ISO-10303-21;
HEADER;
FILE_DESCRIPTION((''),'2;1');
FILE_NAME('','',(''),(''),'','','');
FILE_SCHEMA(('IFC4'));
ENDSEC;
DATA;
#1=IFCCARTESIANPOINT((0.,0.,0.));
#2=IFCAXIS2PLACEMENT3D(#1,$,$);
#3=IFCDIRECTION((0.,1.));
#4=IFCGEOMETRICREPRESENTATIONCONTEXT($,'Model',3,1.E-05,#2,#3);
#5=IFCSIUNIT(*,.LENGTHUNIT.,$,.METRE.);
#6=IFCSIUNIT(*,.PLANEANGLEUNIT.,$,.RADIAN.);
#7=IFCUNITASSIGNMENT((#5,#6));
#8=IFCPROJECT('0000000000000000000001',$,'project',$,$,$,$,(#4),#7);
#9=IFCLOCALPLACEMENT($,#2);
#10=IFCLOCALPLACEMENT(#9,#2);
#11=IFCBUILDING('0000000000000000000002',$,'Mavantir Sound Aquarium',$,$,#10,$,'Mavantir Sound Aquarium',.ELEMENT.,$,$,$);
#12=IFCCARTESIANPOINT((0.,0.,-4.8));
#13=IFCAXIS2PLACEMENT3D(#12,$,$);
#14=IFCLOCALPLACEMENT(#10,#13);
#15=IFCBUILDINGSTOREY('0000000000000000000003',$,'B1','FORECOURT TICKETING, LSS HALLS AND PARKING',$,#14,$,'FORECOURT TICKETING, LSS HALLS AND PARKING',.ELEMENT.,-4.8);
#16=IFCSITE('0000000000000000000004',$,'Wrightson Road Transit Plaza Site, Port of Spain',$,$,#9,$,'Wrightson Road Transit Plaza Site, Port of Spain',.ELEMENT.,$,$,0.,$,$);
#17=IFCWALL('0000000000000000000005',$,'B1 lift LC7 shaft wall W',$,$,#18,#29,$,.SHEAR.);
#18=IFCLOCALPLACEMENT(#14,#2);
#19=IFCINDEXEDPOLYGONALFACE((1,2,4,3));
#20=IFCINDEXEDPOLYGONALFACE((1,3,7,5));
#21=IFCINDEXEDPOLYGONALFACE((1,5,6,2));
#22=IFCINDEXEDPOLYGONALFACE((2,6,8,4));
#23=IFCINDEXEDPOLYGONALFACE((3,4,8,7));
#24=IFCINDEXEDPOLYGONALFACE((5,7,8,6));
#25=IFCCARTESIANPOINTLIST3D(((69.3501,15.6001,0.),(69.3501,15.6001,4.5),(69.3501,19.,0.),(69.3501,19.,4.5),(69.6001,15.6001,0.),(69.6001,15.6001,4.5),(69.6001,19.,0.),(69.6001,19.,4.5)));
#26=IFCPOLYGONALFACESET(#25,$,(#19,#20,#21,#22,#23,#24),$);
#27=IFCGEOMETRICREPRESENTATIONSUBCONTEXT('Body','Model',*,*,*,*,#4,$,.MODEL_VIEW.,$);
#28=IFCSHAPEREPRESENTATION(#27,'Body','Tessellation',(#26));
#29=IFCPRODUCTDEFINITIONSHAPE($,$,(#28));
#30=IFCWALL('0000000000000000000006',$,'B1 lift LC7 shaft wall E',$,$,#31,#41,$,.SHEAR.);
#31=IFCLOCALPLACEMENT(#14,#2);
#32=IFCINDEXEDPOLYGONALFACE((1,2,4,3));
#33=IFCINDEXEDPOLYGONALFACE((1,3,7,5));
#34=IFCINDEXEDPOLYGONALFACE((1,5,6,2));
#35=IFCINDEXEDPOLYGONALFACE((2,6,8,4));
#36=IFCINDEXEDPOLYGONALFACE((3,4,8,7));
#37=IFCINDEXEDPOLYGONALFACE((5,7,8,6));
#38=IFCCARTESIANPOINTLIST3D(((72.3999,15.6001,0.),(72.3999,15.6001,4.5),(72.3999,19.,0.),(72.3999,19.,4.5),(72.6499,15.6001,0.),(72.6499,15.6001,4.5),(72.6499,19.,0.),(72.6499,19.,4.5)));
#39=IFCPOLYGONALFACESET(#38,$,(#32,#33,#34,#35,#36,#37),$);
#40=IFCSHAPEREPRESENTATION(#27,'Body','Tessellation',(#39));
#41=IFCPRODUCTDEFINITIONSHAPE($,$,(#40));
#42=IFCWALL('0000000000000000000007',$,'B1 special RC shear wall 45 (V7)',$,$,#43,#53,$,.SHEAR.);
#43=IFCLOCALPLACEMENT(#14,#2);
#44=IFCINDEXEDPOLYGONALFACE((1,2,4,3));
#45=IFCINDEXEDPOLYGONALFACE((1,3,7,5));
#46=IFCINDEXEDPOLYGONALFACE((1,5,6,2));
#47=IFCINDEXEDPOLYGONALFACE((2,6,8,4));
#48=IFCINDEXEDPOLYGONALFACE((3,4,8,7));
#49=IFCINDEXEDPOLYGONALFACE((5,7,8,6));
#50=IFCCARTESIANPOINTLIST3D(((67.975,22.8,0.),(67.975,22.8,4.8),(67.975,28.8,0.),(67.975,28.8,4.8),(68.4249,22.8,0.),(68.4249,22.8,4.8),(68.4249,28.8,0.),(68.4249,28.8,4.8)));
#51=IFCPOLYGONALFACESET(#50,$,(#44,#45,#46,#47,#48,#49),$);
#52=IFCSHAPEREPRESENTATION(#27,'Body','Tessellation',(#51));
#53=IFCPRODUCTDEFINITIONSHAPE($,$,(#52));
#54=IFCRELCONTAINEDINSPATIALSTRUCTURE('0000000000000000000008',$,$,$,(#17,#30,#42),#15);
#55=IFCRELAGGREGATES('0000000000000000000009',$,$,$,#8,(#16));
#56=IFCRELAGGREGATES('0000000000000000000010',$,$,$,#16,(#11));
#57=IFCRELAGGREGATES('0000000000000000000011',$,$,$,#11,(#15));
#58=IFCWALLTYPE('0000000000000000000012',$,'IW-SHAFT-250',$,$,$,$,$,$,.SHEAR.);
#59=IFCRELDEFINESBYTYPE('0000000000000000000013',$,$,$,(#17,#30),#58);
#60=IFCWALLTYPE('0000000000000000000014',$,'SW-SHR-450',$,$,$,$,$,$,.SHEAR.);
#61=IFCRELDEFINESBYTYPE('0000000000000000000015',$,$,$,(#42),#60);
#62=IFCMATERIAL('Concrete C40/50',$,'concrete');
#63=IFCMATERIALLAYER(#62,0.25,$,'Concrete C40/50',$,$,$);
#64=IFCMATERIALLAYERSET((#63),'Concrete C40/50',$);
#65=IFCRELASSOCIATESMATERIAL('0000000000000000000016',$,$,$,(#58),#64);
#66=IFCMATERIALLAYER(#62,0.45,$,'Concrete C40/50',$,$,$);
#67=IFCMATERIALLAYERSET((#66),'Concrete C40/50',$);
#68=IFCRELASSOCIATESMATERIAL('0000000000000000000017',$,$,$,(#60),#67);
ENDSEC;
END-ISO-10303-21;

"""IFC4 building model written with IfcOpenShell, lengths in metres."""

from ifc_helpers import new_model, si_unit, direction, frame, frame_2d, origin, place, context, subcontext, project, spatial, rectangle, extrude, material, layer, layer_set, type_object, element, save


model = new_model("IFC4")

# Units and contexts
model_context = context("Model", 3, precision=1e-05, world=origin(), true_north=direction((0.0, 1.0)))
body_context = subcontext(model_context, "Body", "Model", "MODEL_VIEW")
ifc_project = project(units=[si_unit("LENGTHUNIT", "METRE"), si_unit("PLANEANGLEUNIT", "RADIAN")], contexts=[model_context])

# Site, building, storey
site_placement = place(None, origin())
site = spatial("IfcSite", under=ifc_project, at=site_placement, Name="Wrightson Road Transit Plaza Site, Port of Spain", LongName="Wrightson Road Transit Plaza Site, Port of Spain", CompositionType="ELEMENT", RefElevation=0.0)
building_placement = place(site_placement, origin())
building = spatial("IfcBuilding", under=site, at=building_placement, Name="Mavantir Sound Aquarium", LongName="Mavantir Sound Aquarium", CompositionType="ELEMENT")
storey_placement = place(building_placement, frame((0.0, 0.0, -4.8)))
storey = spatial("IfcBuildingStorey", under=building, at=storey_placement, Name="B1", Description="FORECOURT TICKETING, LSS HALLS AND PARKING", LongName="FORECOURT TICKETING, LSS HALLS AND PARKING", CompositionType="ELEMENT", Elevation=-4.8)

# Shared definitions
ifc_material_1 = material(Name="Concrete C40/50", Category="concrete")

# Shared definitions
ifc_layer_1 = layer(ifc_material_1, 0.25, Name="Concrete C40/50")
ifc_layer_set_1 = layer_set([ifc_layer_1], Name="Concrete C40/50")
wall_type_1 = type_object("IfcWallType", Name="IW-SHAFT-250", PredefinedType="SHEAR", material=ifc_layer_set_1)

# Walls
for number, where, z_axis, x_axis, name in (
    (1, (69.4751, 15.6001, 0.0), (0.0, 0.0, 1.0), (0.0, 1.0, 0.0), "B1 lift LC7 shaft wall W"),
    (2, (72.5249, 15.6001, 0.0), (0.0, 0.0, 1.0), (0.0, 1.0, 0.0), "B1 lift LC7 shaft wall E"),
):
    element("IfcWall", number, at=place(storey_placement, frame(where, z_axis=z_axis, x_axis=x_axis)), inside=storey, type_object=wall_type_1, Name=name, PredefinedType="SHEAR", context=body_context, shape_type="SweptSolid", body=[
        extrude(rectangle(XDim=3.3999, YDim=0.25, at=frame_2d((1.7, 0.0))), origin(), (0.0, 0.0, 1.0), 4.5),
    ])
ifc_layer_2 = layer(ifc_material_1, 0.45, Name="Concrete C40/50")
ifc_layer_set_2 = layer_set([ifc_layer_2], Name="Concrete C40/50")
wall_type_2 = type_object("IfcWallType", Name="SW-SHR-450", PredefinedType="SHEAR", material=ifc_layer_set_2)
wall_1_placement = place(storey_placement, frame((68.2, 22.8, 0.0), z_axis=(0.0, 0.0, 1.0), x_axis=(0.0, 1.0, 0.0)))
element("IfcWall", 3, at=wall_1_placement, inside=storey, type_object=wall_type_2, Name="B1 special RC shear wall 45 (V7)", PredefinedType="SHEAR", context=body_context, shape_type="SweptSolid", body=[
    extrude(rectangle(XDim=6.0, YDim=0.45, at=frame_2d((3.0, 0.0))), origin(), (0.0, 0.0, 1.0), 4.8),
])

save(model, "model.ifc")
